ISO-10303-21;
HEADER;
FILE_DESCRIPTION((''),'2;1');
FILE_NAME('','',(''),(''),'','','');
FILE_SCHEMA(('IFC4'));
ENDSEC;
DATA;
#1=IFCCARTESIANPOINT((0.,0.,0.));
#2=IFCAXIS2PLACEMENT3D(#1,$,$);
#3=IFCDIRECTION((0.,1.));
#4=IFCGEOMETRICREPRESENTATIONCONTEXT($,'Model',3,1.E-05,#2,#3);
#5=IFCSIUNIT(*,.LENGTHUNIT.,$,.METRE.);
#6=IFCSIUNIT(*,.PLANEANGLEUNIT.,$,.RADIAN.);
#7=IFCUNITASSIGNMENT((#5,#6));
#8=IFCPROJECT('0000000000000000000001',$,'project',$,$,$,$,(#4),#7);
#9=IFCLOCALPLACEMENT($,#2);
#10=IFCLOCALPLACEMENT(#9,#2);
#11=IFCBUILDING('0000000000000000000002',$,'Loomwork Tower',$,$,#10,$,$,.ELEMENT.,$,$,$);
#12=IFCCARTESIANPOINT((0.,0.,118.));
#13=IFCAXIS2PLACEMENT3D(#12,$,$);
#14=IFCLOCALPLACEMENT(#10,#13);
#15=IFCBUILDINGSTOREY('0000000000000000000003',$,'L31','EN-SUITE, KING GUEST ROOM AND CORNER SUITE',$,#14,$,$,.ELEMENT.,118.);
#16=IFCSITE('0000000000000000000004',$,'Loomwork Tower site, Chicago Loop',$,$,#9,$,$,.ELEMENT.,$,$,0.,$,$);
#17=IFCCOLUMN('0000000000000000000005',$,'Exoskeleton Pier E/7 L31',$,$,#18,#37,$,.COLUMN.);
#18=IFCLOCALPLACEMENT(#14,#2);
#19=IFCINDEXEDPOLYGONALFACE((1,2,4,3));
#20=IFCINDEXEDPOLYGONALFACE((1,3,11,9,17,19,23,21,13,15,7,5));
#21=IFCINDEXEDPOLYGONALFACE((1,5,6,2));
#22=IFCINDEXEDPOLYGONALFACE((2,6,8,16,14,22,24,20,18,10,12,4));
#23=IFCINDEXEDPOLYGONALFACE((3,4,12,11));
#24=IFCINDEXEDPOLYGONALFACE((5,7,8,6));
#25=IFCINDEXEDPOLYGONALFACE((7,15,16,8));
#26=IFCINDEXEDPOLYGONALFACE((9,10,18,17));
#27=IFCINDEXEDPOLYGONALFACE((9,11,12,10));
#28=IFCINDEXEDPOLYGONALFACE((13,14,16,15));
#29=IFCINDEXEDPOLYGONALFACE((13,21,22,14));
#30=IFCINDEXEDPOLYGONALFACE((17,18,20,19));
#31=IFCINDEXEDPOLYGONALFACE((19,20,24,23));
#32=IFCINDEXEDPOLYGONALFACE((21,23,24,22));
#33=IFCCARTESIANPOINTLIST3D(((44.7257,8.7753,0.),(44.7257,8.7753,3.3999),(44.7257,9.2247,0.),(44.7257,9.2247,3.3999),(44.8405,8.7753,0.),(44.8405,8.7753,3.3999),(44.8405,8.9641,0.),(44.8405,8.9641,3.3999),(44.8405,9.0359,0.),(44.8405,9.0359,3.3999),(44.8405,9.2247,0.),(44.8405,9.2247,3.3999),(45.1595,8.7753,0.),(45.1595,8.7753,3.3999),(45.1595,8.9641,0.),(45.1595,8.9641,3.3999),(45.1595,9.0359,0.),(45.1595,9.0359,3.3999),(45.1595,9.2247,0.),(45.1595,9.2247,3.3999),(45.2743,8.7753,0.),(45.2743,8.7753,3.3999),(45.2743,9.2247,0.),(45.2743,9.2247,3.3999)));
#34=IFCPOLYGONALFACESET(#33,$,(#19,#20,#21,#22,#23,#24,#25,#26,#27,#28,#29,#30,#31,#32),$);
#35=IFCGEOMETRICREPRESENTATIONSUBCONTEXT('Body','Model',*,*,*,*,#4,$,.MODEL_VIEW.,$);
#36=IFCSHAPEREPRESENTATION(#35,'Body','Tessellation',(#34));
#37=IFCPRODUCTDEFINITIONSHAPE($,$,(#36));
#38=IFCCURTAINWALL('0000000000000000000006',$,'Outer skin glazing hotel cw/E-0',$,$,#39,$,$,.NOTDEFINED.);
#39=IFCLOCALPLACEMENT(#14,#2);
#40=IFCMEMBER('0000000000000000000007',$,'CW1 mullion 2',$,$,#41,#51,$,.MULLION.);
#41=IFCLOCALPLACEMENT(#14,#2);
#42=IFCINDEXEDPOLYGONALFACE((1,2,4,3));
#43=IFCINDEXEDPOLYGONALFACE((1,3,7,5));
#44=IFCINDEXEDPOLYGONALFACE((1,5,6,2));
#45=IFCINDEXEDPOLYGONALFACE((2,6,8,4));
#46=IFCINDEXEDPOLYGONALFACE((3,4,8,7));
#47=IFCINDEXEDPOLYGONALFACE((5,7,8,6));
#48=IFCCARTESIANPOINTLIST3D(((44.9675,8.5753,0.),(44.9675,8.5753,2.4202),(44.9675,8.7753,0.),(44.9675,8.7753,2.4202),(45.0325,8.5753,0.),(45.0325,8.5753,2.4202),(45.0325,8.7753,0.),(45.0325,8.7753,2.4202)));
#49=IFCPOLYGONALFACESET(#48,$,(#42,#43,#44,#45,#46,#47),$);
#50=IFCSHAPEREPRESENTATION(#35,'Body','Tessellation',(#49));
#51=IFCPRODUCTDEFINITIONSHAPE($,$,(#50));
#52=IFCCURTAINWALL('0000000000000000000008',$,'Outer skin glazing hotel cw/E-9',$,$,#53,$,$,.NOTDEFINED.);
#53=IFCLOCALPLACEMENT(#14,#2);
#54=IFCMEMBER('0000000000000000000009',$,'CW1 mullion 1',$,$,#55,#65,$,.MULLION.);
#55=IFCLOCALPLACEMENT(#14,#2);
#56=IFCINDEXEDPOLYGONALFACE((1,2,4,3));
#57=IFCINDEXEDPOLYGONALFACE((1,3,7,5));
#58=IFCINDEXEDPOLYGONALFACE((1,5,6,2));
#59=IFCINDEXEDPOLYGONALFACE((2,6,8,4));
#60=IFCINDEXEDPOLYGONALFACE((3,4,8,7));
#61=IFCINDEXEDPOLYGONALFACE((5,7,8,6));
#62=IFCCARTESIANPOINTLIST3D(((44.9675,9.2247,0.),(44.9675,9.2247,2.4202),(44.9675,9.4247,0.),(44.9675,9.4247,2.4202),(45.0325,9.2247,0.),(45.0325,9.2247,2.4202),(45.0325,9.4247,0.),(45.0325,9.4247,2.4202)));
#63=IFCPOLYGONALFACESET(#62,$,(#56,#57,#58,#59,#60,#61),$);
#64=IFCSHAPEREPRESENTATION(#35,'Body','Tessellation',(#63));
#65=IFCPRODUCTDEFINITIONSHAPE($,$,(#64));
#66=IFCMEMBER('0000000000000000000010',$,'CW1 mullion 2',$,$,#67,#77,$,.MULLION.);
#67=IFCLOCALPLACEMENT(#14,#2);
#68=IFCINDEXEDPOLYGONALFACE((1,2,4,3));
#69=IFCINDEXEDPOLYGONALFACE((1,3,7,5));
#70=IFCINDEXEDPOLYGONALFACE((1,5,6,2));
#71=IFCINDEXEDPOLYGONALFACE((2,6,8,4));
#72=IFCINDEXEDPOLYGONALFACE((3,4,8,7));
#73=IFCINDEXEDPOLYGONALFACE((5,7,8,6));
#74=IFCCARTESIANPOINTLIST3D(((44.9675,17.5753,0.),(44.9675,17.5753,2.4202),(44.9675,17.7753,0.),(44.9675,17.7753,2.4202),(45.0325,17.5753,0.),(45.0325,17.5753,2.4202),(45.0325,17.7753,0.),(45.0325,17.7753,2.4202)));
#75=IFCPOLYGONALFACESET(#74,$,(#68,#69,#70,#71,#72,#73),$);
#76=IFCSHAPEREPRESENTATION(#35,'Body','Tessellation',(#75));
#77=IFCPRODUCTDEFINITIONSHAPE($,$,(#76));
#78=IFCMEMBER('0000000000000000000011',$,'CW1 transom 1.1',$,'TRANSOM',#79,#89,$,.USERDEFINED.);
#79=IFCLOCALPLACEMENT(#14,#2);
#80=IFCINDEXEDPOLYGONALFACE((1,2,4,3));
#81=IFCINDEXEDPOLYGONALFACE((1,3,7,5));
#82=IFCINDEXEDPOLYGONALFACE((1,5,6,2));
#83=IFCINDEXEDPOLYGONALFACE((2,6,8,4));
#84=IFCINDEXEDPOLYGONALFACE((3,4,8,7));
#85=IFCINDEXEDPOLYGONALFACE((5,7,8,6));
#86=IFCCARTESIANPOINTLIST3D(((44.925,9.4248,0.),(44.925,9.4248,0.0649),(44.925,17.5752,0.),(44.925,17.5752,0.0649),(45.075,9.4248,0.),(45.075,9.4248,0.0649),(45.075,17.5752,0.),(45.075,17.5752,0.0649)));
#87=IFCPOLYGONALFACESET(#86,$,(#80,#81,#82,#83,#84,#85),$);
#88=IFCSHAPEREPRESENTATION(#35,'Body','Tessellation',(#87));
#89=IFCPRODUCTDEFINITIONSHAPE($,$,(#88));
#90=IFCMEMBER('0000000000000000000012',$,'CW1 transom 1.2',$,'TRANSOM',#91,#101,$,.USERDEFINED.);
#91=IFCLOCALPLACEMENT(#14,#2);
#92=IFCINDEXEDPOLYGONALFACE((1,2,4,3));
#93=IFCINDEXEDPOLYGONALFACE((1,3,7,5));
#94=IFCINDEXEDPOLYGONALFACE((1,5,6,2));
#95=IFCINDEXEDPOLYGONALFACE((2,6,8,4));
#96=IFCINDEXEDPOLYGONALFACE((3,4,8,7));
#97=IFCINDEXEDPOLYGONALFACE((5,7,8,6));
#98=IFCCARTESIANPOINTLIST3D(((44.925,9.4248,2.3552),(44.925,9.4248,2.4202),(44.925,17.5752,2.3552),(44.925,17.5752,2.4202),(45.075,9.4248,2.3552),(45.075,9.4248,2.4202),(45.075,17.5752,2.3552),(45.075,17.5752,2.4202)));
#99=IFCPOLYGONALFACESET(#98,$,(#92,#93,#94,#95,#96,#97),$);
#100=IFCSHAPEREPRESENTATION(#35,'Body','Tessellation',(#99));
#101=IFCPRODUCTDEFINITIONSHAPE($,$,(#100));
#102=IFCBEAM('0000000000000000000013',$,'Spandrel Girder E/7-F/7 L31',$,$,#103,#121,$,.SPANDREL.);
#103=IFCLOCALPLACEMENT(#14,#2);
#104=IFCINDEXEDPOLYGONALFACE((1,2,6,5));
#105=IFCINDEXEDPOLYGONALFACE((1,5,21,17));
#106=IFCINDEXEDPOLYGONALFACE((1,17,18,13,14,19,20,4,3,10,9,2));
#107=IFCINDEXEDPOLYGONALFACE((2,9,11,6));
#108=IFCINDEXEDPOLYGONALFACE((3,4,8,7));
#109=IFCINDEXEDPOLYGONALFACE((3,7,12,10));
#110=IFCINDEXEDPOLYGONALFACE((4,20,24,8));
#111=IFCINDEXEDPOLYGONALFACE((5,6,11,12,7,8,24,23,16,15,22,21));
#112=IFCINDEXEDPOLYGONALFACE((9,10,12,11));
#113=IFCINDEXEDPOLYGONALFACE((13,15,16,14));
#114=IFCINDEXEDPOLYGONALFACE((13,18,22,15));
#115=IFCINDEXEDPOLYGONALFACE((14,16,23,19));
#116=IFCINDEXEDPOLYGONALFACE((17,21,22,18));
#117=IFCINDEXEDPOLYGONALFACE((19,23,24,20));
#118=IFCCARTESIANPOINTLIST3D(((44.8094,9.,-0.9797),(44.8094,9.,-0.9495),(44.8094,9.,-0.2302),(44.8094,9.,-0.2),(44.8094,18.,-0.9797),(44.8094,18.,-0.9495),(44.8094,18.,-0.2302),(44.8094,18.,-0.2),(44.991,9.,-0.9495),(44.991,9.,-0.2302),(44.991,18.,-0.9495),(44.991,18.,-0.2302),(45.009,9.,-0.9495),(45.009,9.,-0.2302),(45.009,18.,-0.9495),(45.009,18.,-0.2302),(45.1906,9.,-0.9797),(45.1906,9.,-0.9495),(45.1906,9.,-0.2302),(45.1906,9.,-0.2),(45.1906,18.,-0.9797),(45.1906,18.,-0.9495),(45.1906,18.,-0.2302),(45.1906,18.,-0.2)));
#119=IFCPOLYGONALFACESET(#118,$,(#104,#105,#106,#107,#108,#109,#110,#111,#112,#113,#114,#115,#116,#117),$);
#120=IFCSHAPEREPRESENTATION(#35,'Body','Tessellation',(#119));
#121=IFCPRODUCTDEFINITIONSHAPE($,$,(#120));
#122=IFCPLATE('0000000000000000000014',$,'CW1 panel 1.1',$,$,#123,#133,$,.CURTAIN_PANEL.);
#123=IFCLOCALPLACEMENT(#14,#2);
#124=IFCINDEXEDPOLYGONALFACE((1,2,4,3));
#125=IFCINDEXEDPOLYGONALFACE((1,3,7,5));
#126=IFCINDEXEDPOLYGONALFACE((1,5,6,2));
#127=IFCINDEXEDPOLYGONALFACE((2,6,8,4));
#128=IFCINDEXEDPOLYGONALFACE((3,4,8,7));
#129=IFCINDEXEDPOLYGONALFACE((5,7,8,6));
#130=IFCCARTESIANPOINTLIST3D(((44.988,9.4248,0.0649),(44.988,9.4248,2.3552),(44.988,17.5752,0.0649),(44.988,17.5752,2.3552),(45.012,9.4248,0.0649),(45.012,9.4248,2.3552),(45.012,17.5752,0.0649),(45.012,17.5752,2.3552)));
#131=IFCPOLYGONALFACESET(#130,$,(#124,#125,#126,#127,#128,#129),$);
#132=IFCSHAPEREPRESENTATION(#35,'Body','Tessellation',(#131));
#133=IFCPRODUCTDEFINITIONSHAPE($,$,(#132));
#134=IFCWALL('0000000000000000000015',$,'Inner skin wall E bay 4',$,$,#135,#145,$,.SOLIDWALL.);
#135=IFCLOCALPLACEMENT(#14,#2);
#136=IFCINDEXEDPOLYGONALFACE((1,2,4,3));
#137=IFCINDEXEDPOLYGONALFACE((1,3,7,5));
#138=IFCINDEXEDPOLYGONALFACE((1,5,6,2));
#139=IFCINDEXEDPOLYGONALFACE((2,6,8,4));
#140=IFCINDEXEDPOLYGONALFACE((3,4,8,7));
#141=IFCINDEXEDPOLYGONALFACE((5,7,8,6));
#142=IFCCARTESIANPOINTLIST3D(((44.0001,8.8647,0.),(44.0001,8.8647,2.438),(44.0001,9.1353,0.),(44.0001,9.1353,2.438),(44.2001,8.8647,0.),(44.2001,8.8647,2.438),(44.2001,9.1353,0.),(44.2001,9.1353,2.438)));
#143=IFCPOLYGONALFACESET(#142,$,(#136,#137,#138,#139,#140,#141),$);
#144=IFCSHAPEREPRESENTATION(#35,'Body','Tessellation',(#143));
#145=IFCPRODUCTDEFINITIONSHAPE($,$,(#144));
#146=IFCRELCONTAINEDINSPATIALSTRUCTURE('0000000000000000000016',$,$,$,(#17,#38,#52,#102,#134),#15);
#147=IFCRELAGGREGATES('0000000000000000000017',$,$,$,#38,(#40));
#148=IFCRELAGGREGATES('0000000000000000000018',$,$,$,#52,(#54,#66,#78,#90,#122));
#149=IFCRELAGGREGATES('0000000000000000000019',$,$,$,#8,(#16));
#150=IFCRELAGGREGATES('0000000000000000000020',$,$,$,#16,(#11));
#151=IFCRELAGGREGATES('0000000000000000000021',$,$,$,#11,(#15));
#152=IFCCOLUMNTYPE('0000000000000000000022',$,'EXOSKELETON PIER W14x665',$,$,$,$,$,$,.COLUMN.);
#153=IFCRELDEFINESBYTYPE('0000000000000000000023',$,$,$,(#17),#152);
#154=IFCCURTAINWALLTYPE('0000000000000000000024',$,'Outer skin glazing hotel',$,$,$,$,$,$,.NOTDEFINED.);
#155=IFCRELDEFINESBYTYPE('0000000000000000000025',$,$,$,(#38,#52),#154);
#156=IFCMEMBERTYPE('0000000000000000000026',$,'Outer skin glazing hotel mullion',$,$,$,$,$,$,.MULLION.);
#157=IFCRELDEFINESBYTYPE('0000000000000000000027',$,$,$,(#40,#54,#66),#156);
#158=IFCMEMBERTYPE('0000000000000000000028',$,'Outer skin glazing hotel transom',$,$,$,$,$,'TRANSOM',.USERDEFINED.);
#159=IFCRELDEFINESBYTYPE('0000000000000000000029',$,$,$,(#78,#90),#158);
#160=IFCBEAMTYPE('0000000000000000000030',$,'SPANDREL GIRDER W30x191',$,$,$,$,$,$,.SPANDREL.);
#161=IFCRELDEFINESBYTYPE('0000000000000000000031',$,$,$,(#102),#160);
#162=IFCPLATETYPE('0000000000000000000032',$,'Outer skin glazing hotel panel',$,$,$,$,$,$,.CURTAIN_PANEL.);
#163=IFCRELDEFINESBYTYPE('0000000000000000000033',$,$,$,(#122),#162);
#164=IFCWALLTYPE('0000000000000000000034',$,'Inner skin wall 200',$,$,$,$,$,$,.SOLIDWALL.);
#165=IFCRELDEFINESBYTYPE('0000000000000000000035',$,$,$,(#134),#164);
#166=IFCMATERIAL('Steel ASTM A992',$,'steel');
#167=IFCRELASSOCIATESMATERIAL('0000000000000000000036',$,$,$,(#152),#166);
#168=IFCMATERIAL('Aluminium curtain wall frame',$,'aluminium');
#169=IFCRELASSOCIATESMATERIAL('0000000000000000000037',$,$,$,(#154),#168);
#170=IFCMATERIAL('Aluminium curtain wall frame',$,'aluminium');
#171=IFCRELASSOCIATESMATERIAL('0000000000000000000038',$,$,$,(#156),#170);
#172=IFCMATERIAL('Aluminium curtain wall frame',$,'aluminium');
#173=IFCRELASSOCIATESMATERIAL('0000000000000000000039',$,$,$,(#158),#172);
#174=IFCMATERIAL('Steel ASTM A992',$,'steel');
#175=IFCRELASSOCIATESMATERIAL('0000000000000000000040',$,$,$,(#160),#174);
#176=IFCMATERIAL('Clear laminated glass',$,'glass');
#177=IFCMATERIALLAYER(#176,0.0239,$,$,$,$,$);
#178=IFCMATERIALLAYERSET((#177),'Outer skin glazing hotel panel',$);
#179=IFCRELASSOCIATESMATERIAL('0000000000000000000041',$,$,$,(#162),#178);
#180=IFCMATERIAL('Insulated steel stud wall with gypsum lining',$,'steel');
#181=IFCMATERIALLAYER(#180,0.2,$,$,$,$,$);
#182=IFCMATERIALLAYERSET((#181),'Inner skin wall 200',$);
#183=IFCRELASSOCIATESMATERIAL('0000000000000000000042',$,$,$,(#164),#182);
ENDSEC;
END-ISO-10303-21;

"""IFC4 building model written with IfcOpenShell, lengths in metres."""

from ifc_helpers import new_model, si_unit, direction, frame, frame_2d, origin, origin_2d, place, context, subcontext, project, spatial, rectangle, i_section, extrude, material, layer, layer_set, material_profile, profile_set, type_object, element, aggregate, save


model = new_model("IFC4")

# Units and contexts
model_context = context("Model", 3, precision=1e-05, world=origin(), true_north=direction((0.0, 1.0)))
body_context = subcontext(model_context, "Body", "Model", "MODEL_VIEW")
ifc_project = project(units=[si_unit("LENGTHUNIT", "METRE"), si_unit("PLANEANGLEUNIT", "RADIAN")], contexts=[model_context])

# Site, building, storey
site_placement = place(None, origin())
site = spatial("IfcSite", under=ifc_project, at=site_placement, Name="Loomwork Tower site, Chicago Loop", CompositionType="ELEMENT", RefElevation=0.0)
building_placement = place(site_placement, origin())
building = spatial("IfcBuilding", under=site, at=building_placement, Name="Loomwork Tower", CompositionType="ELEMENT")
storey_placement = place(building_placement, frame((0.0, 0.0, 118.0)))
storey = spatial("IfcBuildingStorey", under=building, at=storey_placement, Name="L31", Description="EN-SUITE, KING GUEST ROOM AND CORNER SUITE", CompositionType="ELEMENT", Elevation=118.0)

# Column
ifc_material_1 = material(Name="Steel ASTM A992", Category="steel")
ifc_material_profile_1 = material_profile(ifc_material_1, i_section(OverallWidth=0.4495, OverallDepth=0.5486, WebThickness=0.0718, FlangeThickness=0.1147, at=origin_2d()), Name="W14x665")
ifc_profile_set_1 = profile_set([ifc_material_profile_1], Name="Steel ASTM A992")
column_type = type_object("IfcColumnType", Name="EXOSKELETON PIER W14x665", PredefinedType="COLUMN", material=ifc_profile_set_1)
column_placement = place(storey_placement, frame((45.0, 9.0, 0.0), z_axis=(0.0, 0.0, 1.0), x_axis=(0.0, 1.0, 0.0)))
element("IfcColumn", 1, at=column_placement, inside=storey, type_object=column_type, Name="Exoskeleton Pier E/7 L31", PredefinedType="COLUMN", context=body_context, shape_type="SweptSolid", body=[
    extrude(i_section(OverallWidth=0.4495, OverallDepth=0.5486, WebThickness=0.0718, FlangeThickness=0.1147, at=origin_2d()), origin(), (0.0, 0.0, 1.0), 3.3999),
])

# Curtain wall, member
ifc_material_2 = material(Name="Aluminium curtain wall frame", Category="aluminium")
curtain_wall_type = type_object("IfcCurtainWallType", Name="Outer skin glazing hotel", PredefinedType="NOTDEFINED", material=ifc_material_2)
curtain_wall_1_placement = place(storey_placement, origin())
curtain_wall_1 = element("IfcCurtainWall", 2, at=curtain_wall_1_placement, inside=storey, type_object=curtain_wall_type, Name="Outer skin glazing hotel cw/E-0", PredefinedType="NOTDEFINED")
ifc_material_3 = material(Name="Aluminium curtain wall frame", Category="aluminium")
ifc_material_profile_2 = material_profile(ifc_material_3, rectangle(XDim=0.0649, YDim=0.2, at=origin_2d()), Name="AL 65x200")
ifc_profile_set_2 = profile_set([ifc_material_profile_2], Name="Aluminium curtain wall frame")
member_type_1 = type_object("IfcMemberType", Name="Outer skin glazing hotel mullion", PredefinedType="MULLION", material=ifc_profile_set_2)
member_1_placement = place(storey_placement, frame((45.0, 8.6753, 0.0), z_axis=(0.0, 0.0, 1.0), x_axis=(-1.0, 0.0, 0.0)))
member_1 = element("IfcMember", 3, at=member_1_placement, type_object=member_type_1, Name="CW1 mullion 2", PredefinedType="MULLION", context=body_context, shape_type="SweptSolid", body=[
    extrude(rectangle(XDim=0.0649, YDim=0.2, at=origin_2d()), origin(), (0.0, 0.0, 1.0), 2.4202),
])
aggregate(curtain_wall_1, [member_1])

# Curtain wall, members
curtain_wall_2_placement = place(storey_placement, origin())
curtain_wall_2 = element("IfcCurtainWall", 4, at=curtain_wall_2_placement, inside=storey, type_object=curtain_wall_type, Name="Outer skin glazing hotel cw/E-9", PredefinedType="NOTDEFINED")
member_2_placement = place(storey_placement, frame((45.0, 9.3247, 0.0), z_axis=(0.0, 0.0, 1.0), x_axis=(-1.0, 0.0, 0.0)))
member_2 = element("IfcMember", 5, at=member_2_placement, type_object=member_type_1, Name="CW1 mullion 1", PredefinedType="MULLION", context=body_context, shape_type="SweptSolid", body=[
    extrude(rectangle(XDim=0.0649, YDim=0.2, at=origin_2d()), origin(), (0.0, 0.0, 1.0), 2.4202),
])
member_3_placement = place(storey_placement, frame((45.0, 17.6753, 0.0), z_axis=(0.0, 0.0, 1.0), x_axis=(-1.0, 0.0, 0.0)))
member_3 = element("IfcMember", 6, at=member_3_placement, type_object=member_type_1, Name="CW1 mullion 2", PredefinedType="MULLION", context=body_context, shape_type="SweptSolid", body=[
    extrude(rectangle(XDim=0.0649, YDim=0.2, at=origin_2d()), origin(), (0.0, 0.0, 1.0), 2.4202),
])
ifc_material_4 = material(Name="Aluminium curtain wall frame", Category="aluminium")
ifc_material_profile_3 = material_profile(ifc_material_4, rectangle(XDim=0.1499, YDim=0.0649, at=origin_2d()), Name="AL 65x150")
ifc_profile_set_3 = profile_set([ifc_material_profile_3], Name="Aluminium curtain wall frame")
member_type_2 = type_object("IfcMemberType", Name="Outer skin glazing hotel transom", ElementType="TRANSOM", PredefinedType="USERDEFINED", material=ifc_profile_set_3)
member_4_placement = place(storey_placement, frame((45.0, 9.4248, 0.0325), z_axis=(0.0, 1.0, 0.0), x_axis=(-1.0, 0.0, 0.0)))
member_4 = element("IfcMember", 7, at=member_4_placement, type_object=member_type_2, Name="CW1 transom 1.1", ObjectType="TRANSOM", PredefinedType="USERDEFINED", context=body_context, shape_type="SweptSolid", body=[
    extrude(rectangle(XDim=0.1499, YDim=0.0649, at=origin_2d()), origin(), (0.0, 0.0, 1.0), 8.1504),
])
member_5_placement = place(storey_placement, frame((45.0, 9.4248, 2.3877), z_axis=(0.0, 1.0, 0.0), x_axis=(-1.0, 0.0, 0.0)))
member_5 = element("IfcMember", 8, at=member_5_placement, type_object=member_type_2, Name="CW1 transom 1.2", ObjectType="TRANSOM", PredefinedType="USERDEFINED", context=body_context, shape_type="SweptSolid", body=[
    extrude(rectangle(XDim=0.1499, YDim=0.0649, at=origin_2d()), origin(), (0.0, 0.0, 1.0), 8.1504),
])

# Beam
ifc_material_5 = material(Name="Steel ASTM A992", Category="steel")
ifc_material_profile_4 = material_profile(ifc_material_5, i_section(OverallWidth=0.3811, OverallDepth=0.7798, WebThickness=0.0181, FlangeThickness=0.0303, at=origin_2d()), Name="W30x191")
ifc_profile_set_4 = profile_set([ifc_material_profile_4], Name="Steel ASTM A992")
beam_type = type_object("IfcBeamType", Name="SPANDREL GIRDER W30x191", PredefinedType="SPANDREL", material=ifc_profile_set_4)
beam_placement = place(storey_placement, frame((45.0, 9.0, -0.5898), z_axis=(0.0, 1.0, 0.0), x_axis=(-1.0, 0.0, 0.0)))
element("IfcBeam", 9, at=beam_placement, inside=storey, type_object=beam_type, Name="Spandrel Girder E/7-F/7 L31", PredefinedType="SPANDREL", context=body_context, shape_type="SweptSolid", body=[
    extrude(i_section(OverallWidth=0.3811, OverallDepth=0.7798, WebThickness=0.0181, FlangeThickness=0.0303, at=origin_2d()), origin(), (0.0, 0.0, 1.0), 9.0),
])

# Plate
ifc_material_6 = material(Name="Clear laminated glass", Category="glass")
ifc_layer_1 = layer(ifc_material_6, 0.0239)
ifc_layer_set_1 = layer_set([ifc_layer_1], Name="Outer skin glazing hotel panel")
plate_type = type_object("IfcPlateType", Name="Outer skin glazing hotel panel", PredefinedType="CURTAIN_PANEL", material=ifc_layer_set_1)
plate_placement = place(storey_placement, frame((45.0, 13.5, 0.0649), z_axis=(0.0, 0.0, 1.0), x_axis=(0.0, 1.0, 0.0)))
plate = element("IfcPlate", 10, at=plate_placement, type_object=plate_type, Name="CW1 panel 1.1", PredefinedType="CURTAIN_PANEL", context=body_context, shape_type="SweptSolid", body=[
    extrude(rectangle(XDim=8.1504, YDim=0.0239, at=origin_2d()), origin(), (0.0, 0.0, 1.0), 2.2903),
])
aggregate(curtain_wall_2, [member_2, member_3, member_4, member_5, plate])

# Wall
ifc_material_7 = material(Name="Insulated steel stud wall with gypsum lining", Category="steel")
ifc_layer_2 = layer(ifc_material_7, 0.2)
ifc_layer_set_2 = layer_set([ifc_layer_2], Name="Inner skin wall 200")
wall_type = type_object("IfcWallType", Name="Inner skin wall 200", PredefinedType="SOLIDWALL", material=ifc_layer_set_2)
wall_1_placement = place(storey_placement, frame((44.1001, 8.8647, 0.0), z_axis=(0.0, 0.0, 1.0), x_axis=(0.0, 1.0, 0.0)))
element("IfcWall", 11, at=wall_1_placement, inside=storey, type_object=wall_type, Name="Inner skin wall E bay 4", PredefinedType="SOLIDWALL", context=body_context, shape_type="SweptSolid", body=[
    extrude(rectangle(XDim=0.2705, YDim=0.2, at=frame_2d((0.1353, 0.0))), origin(), (0.0, 0.0, 1.0), 2.438),
])

save(model, "model.ifc")
